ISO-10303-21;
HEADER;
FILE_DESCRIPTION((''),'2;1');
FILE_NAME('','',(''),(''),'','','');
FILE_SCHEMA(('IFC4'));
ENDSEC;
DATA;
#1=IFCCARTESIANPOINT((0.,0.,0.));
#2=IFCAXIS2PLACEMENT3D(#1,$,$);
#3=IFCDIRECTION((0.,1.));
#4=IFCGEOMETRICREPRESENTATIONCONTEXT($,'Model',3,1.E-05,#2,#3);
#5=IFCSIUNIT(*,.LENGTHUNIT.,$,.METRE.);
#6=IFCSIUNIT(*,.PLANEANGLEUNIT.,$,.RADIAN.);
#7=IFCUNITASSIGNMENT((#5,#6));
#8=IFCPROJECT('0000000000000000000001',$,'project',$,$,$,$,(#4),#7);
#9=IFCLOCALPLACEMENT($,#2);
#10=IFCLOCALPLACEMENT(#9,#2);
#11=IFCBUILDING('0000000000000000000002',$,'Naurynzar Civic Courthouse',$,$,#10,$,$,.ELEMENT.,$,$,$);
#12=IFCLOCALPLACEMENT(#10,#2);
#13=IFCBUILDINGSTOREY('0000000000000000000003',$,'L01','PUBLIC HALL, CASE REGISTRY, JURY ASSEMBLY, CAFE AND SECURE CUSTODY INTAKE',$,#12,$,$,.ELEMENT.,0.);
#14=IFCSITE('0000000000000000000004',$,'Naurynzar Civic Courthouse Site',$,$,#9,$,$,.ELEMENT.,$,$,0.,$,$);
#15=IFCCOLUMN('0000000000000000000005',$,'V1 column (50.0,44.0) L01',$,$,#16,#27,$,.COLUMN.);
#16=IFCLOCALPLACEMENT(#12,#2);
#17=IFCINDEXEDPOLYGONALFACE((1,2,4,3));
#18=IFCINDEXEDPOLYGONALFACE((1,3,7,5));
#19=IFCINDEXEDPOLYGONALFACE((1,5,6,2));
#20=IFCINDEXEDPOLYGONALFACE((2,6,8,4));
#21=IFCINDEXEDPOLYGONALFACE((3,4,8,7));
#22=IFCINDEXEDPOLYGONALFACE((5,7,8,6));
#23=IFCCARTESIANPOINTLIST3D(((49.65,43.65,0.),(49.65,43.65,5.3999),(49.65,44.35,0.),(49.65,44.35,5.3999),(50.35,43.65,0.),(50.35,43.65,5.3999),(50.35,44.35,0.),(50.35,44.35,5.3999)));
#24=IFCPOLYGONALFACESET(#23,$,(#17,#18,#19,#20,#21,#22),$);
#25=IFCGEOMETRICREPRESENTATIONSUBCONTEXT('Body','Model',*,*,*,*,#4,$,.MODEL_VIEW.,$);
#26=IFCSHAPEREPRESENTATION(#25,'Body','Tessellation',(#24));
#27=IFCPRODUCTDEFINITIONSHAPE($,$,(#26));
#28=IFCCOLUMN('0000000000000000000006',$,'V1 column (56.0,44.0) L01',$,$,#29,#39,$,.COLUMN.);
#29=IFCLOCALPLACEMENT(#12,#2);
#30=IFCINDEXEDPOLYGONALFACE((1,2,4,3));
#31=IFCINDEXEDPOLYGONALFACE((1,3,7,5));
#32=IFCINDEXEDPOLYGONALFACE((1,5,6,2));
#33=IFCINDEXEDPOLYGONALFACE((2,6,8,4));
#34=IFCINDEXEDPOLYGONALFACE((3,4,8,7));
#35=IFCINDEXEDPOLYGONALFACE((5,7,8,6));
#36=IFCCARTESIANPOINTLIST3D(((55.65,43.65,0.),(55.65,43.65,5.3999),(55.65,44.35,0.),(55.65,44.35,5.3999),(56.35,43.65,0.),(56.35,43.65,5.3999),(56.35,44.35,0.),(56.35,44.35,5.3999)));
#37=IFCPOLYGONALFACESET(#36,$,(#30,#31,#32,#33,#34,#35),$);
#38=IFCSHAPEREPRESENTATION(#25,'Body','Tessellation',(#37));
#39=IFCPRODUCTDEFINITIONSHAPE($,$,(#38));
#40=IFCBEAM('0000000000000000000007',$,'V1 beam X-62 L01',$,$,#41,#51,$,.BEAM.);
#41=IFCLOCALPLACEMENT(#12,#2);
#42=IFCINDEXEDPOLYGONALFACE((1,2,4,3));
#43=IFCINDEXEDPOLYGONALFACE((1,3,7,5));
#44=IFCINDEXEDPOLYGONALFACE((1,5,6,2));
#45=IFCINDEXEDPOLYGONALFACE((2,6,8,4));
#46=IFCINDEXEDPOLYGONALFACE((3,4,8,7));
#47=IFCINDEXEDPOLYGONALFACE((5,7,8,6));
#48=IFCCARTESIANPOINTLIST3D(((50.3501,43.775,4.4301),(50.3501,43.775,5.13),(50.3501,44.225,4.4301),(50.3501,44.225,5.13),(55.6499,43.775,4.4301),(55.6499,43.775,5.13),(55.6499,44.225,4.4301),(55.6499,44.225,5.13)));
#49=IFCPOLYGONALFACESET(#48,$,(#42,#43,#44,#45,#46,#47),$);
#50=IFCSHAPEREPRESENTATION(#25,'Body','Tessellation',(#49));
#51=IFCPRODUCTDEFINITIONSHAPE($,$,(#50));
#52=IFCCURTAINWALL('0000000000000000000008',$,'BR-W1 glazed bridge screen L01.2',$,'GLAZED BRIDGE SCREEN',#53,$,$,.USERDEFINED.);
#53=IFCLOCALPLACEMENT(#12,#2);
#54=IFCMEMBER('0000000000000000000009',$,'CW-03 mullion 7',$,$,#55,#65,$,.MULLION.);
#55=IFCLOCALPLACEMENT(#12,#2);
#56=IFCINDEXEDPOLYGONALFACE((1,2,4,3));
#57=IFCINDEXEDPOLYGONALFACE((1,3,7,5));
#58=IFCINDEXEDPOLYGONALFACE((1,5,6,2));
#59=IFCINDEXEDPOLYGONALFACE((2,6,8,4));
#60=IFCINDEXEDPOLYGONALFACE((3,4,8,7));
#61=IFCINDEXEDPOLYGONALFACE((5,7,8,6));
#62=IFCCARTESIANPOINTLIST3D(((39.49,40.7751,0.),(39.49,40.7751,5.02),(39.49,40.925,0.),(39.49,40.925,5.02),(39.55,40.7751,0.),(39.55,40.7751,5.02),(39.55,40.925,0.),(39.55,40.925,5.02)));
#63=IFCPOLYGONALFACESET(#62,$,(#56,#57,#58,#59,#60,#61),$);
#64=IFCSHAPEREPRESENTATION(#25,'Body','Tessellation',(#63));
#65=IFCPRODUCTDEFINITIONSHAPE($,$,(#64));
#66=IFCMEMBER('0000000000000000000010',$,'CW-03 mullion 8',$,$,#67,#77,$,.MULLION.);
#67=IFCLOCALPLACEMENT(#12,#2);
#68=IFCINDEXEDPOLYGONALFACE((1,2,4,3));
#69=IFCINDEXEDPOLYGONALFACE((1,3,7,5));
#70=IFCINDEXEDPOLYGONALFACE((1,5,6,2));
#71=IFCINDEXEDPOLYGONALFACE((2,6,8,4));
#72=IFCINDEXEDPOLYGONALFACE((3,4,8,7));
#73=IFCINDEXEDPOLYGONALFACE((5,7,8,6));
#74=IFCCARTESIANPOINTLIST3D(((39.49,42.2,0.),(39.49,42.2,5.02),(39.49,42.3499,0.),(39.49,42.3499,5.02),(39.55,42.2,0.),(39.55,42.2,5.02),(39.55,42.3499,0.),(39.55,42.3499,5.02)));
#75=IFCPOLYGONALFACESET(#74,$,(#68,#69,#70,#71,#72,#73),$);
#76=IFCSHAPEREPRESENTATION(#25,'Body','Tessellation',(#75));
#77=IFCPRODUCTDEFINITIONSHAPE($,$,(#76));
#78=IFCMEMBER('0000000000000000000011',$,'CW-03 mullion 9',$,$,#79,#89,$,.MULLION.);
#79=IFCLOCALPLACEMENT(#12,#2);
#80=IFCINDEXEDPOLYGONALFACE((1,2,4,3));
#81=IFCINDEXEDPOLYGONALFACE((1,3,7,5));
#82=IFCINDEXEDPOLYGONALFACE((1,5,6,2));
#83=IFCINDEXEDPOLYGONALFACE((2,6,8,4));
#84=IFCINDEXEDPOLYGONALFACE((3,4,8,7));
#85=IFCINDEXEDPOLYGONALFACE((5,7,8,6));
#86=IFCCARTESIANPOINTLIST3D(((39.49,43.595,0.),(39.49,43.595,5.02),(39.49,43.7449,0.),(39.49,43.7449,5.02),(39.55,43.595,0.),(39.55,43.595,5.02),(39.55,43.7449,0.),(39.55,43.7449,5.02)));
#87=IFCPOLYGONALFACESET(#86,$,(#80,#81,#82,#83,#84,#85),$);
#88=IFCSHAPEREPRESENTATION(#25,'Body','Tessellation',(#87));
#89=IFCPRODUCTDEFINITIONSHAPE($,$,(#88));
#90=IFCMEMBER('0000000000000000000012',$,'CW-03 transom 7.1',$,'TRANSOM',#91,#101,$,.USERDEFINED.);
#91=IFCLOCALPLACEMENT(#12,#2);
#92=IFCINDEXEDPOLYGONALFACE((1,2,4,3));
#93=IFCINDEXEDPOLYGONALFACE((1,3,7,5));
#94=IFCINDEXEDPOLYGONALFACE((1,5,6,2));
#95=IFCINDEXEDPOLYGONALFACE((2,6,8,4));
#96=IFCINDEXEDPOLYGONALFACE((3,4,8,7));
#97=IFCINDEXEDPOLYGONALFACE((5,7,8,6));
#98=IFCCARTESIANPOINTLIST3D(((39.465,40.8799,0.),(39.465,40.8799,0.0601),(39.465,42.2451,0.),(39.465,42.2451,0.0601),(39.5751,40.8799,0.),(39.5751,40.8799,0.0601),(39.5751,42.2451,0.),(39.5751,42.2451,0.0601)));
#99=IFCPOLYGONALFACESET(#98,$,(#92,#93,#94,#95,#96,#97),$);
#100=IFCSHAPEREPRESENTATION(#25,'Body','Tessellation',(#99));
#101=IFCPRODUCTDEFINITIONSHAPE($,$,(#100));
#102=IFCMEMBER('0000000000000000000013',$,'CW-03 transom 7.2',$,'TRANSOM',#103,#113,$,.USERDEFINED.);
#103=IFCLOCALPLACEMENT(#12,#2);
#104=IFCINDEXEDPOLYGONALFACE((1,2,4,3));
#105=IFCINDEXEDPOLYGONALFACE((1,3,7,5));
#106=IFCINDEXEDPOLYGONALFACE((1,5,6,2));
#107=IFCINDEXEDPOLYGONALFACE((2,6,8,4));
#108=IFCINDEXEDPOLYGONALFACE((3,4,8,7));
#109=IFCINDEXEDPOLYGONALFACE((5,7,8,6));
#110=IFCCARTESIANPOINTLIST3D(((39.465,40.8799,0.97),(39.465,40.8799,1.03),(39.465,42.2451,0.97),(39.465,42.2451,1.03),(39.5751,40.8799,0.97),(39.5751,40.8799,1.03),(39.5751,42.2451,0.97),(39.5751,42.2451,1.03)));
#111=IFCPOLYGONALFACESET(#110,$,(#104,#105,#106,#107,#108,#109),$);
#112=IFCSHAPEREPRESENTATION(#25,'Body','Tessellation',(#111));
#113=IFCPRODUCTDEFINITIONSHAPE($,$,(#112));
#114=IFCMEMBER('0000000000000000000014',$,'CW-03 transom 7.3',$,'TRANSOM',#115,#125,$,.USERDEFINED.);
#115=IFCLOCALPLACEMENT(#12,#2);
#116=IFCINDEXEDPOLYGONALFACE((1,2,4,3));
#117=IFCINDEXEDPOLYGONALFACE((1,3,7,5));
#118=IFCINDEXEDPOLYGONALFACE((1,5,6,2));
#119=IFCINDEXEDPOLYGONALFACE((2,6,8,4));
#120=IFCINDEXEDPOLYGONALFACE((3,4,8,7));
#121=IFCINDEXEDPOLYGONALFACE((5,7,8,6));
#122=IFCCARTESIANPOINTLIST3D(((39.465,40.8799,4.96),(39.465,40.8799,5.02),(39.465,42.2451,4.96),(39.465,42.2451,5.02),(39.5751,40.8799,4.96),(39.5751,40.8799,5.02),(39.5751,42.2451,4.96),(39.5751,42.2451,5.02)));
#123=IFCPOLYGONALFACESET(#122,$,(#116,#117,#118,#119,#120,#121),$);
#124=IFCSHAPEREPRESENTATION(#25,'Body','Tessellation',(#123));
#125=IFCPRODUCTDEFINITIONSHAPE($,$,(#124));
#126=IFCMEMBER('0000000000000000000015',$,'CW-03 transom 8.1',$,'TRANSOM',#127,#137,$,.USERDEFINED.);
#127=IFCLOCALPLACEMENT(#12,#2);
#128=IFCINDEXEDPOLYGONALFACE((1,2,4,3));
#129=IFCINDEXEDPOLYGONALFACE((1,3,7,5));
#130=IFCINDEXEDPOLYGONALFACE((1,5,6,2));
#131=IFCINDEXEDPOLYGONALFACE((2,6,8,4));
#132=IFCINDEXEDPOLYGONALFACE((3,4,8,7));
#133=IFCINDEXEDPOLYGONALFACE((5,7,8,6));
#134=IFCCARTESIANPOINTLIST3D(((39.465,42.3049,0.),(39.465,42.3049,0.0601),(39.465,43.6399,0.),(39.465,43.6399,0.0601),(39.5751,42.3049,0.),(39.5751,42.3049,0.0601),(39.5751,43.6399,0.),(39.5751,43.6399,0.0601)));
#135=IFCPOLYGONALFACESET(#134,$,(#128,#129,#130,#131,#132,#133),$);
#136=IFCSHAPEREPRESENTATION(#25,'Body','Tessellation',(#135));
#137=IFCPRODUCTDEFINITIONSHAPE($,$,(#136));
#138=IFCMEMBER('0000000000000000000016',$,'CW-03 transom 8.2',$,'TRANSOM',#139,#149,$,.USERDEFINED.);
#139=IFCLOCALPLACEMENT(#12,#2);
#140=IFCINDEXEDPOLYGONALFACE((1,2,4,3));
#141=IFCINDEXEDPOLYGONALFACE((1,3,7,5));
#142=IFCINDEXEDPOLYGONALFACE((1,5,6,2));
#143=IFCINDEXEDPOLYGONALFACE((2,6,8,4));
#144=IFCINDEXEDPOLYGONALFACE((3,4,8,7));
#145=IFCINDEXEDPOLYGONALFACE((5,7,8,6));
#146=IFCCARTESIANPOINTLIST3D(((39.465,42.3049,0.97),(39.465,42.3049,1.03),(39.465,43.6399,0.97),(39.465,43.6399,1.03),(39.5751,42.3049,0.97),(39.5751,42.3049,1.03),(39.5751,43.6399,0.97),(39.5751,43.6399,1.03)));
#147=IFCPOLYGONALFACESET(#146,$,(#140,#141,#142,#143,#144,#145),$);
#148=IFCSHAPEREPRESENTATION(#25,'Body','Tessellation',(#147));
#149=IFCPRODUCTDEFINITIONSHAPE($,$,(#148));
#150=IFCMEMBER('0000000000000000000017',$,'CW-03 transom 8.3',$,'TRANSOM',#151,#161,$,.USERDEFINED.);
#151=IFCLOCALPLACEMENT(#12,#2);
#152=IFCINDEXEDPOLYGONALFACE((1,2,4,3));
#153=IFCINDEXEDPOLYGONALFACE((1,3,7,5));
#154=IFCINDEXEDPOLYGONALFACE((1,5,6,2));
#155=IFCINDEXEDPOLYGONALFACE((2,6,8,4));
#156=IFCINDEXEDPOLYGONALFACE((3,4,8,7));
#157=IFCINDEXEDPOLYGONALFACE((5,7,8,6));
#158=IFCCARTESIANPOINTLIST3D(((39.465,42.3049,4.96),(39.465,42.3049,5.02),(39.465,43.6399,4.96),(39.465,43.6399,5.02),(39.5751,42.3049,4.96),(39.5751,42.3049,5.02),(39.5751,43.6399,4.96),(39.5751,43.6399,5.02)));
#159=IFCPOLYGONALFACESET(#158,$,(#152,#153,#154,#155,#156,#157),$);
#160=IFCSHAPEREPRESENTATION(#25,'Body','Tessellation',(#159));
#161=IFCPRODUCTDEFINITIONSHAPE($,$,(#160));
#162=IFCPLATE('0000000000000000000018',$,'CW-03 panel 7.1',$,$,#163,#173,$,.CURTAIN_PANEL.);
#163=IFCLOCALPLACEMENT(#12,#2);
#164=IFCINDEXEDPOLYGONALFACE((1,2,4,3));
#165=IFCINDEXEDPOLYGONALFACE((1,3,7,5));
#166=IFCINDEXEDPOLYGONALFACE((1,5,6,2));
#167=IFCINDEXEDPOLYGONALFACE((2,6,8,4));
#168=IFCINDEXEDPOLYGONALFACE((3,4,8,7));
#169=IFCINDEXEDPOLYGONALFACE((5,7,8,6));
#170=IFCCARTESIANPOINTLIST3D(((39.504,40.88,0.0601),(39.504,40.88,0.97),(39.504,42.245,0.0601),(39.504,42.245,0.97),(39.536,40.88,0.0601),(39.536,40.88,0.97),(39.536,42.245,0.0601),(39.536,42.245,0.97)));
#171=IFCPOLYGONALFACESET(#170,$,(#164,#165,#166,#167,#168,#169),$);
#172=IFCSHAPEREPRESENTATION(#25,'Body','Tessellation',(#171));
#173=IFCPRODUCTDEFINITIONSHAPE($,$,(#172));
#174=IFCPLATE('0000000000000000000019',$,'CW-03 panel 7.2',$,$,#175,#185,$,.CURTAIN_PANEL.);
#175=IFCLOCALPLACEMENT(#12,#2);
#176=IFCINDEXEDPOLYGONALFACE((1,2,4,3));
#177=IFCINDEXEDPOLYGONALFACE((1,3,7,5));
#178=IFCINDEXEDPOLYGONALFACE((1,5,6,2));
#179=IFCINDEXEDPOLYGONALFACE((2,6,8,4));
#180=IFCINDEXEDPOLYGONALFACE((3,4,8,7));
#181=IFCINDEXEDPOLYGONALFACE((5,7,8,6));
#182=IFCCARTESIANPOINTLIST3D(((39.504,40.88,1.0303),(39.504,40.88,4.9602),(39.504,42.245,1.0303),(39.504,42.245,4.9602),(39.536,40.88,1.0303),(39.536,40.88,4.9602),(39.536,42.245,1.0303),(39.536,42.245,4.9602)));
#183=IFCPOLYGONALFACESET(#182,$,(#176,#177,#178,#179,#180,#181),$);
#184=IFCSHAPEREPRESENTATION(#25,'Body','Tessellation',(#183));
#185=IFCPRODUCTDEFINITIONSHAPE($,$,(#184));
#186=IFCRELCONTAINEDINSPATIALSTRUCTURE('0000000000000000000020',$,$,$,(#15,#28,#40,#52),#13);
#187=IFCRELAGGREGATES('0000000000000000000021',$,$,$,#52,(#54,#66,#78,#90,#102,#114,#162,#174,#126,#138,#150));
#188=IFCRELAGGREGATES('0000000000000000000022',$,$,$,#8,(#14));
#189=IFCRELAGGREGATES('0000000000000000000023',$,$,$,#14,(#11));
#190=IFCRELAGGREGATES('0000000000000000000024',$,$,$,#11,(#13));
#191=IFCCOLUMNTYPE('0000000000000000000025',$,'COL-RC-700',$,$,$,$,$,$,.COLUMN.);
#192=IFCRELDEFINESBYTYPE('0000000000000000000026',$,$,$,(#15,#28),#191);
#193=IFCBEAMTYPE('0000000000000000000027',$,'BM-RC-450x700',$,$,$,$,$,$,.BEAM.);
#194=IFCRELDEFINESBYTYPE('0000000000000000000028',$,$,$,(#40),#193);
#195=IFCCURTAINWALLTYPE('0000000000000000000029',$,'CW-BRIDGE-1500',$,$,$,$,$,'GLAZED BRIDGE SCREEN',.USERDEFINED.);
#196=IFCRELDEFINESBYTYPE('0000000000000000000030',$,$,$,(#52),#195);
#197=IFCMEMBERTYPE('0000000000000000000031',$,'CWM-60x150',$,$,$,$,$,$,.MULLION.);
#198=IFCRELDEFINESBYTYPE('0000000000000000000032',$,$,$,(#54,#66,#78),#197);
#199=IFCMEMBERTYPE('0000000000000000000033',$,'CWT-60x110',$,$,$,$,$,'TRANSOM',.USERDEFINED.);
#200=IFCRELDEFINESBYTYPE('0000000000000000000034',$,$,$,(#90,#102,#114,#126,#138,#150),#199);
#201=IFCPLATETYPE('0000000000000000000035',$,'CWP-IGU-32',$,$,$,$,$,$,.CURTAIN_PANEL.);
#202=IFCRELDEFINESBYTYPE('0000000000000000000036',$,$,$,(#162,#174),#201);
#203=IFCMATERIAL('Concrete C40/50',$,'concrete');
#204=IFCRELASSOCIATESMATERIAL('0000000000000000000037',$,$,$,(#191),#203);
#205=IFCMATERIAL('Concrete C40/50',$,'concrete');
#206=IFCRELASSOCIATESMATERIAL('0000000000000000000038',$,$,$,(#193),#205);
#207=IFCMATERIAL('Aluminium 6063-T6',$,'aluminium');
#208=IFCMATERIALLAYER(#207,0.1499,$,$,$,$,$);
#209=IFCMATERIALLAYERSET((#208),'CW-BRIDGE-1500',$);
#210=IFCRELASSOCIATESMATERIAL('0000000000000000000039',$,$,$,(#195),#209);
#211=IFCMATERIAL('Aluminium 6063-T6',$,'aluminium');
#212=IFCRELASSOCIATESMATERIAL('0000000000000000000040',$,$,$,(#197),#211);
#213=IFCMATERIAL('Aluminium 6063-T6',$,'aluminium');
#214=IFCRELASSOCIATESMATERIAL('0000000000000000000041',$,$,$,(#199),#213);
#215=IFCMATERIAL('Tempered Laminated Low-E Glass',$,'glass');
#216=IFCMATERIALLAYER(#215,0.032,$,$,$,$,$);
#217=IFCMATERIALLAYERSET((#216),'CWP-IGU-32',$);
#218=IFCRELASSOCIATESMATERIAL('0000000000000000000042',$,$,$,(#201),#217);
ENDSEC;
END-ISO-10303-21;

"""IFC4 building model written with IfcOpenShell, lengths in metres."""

from ifc_helpers import new_model, si_unit, direction, frame, origin, origin_2d, place, context, subcontext, project, spatial, rectangle, extrude, material, layer, layer_set, material_profile, profile_set, type_object, element, aggregate, save


model = new_model("IFC4")

# Units and contexts
model_context = context("Model", 3, precision=1e-05, world=origin(), true_north=direction((0.0, 1.0)))
body_context = subcontext(model_context, "Body", "Model", "MODEL_VIEW")
ifc_project = project(units=[si_unit("LENGTHUNIT", "METRE"), si_unit("PLANEANGLEUNIT", "RADIAN")], contexts=[model_context])

# Site, building, storey
site_placement = place(None, origin())
site = spatial("IfcSite", under=ifc_project, at=site_placement, Name="Naurynzar Civic Courthouse Site", CompositionType="ELEMENT", RefElevation=0.0)
building_placement = place(site_placement, origin())
building = spatial("IfcBuilding", under=site, at=building_placement, Name="Naurynzar Civic Courthouse", CompositionType="ELEMENT")
storey_placement = place(building_placement, origin())
storey = spatial("IfcBuildingStorey", under=building, at=storey_placement, Name="L01", Description="PUBLIC HALL, CASE REGISTRY, JURY ASSEMBLY, CAFE AND SECURE CUSTODY INTAKE", CompositionType="ELEMENT", Elevation=0.0)

# Columns
ifc_material_1 = material(Name="Concrete C40/50", Category="concrete")
ifc_material_profile_1 = material_profile(ifc_material_1, rectangle(XDim=0.7, YDim=0.7, at=origin_2d()), Name="RC 700x700")
ifc_profile_set_1 = profile_set([ifc_material_profile_1], Name="Concrete C40/50")
column_type = type_object("IfcColumnType", Name="COL-RC-700", PredefinedType="COLUMN", material=ifc_profile_set_1)
for number, where, z_axis, x_axis, name in (
    (1, (50.0, 44.0, 0.0), (0.0, 0.0, 1.0), (1.0, 0.0, 0.0), "V1 column (50.0,44.0) L01"),
    (2, (56.0, 44.0, 0.0), (0.0, 0.0, 1.0), (1.0, 0.0, 0.0), "V1 column (56.0,44.0) L01"),
):
    element("IfcColumn", number, at=place(storey_placement, frame(where, z_axis=z_axis, x_axis=x_axis)), inside=storey, type_object=column_type, Name=name, PredefinedType="COLUMN", context=body_context, shape_type="SweptSolid", body=[
        extrude(rectangle(XDim=0.7, YDim=0.7, at=origin_2d()), origin(), (0.0, 0.0, 1.0), 5.3999),
    ])

# Beam
ifc_material_2 = material(Name="Concrete C40/50", Category="concrete")
ifc_material_profile_2 = material_profile(ifc_material_2, rectangle(XDim=0.45, YDim=0.7, at=origin_2d()), Name="RCB 450x700")
ifc_profile_set_2 = profile_set([ifc_material_profile_2], Name="Concrete C40/50")
beam_type = type_object("IfcBeamType", Name="BM-RC-450x700", PredefinedType="BEAM", material=ifc_profile_set_2)
beam_placement = place(storey_placement, frame((50.3501, 44.0, 4.78), z_axis=(1.0, 0.0, 0.0), x_axis=(0.0, 1.0, 0.0)))
element("IfcBeam", 3, at=beam_placement, inside=storey, type_object=beam_type, Name="V1 beam X-62 L01", PredefinedType="BEAM", context=body_context, shape_type="SweptSolid", body=[
    extrude(rectangle(XDim=0.45, YDim=0.7, at=origin_2d()), origin(), (0.0, 0.0, 1.0), 5.2998),
])

# Curtain wall, members, plates
ifc_material_3 = material(Name="Aluminium 6063-T6", Category="aluminium")
ifc_layer_1 = layer(ifc_material_3, 0.1499)
ifc_layer_set_1 = layer_set([ifc_layer_1], Name="CW-BRIDGE-1500")
curtain_wall_type = type_object("IfcCurtainWallType", Name="CW-BRIDGE-1500", ElementType="GLAZED BRIDGE SCREEN", PredefinedType="USERDEFINED", material=ifc_layer_set_1)
curtain_wall_placement = place(storey_placement, origin())
curtain_wall = element("IfcCurtainWall", 4, at=curtain_wall_placement, inside=storey, type_object=curtain_wall_type, Name="BR-W1 glazed bridge screen L01.2", ObjectType="GLAZED BRIDGE SCREEN", PredefinedType="USERDEFINED")
ifc_material_4 = material(Name="Aluminium 6063-T6", Category="aluminium")
ifc_material_profile_3 = material_profile(ifc_material_4, rectangle(XDim=0.0601, YDim=0.1499, at=origin_2d()), Name="ALU MULLION 60x150")
ifc_profile_set_3 = profile_set([ifc_material_profile_3], Name="Aluminium 6063-T6")
member_type_1 = type_object("IfcMemberType", Name="CWM-60x150", PredefinedType="MULLION", material=ifc_profile_set_3)
member_1_placement = place(storey_placement, frame((39.52, 40.8501, 0.0), z_axis=(0.0, 0.0, 1.0), x_axis=(-1.0, 0.0, 0.0)))
member_1 = element("IfcMember", 5, at=member_1_placement, type_object=member_type_1, Name="CW-03 mullion 7", PredefinedType="MULLION", context=body_context, shape_type="SweptSolid", body=[
    extrude(rectangle(XDim=0.0601, YDim=0.1499, at=origin_2d()), origin(), (0.0, 0.0, 1.0), 5.02),
])
member_2_placement = place(storey_placement, frame((39.52, 42.2749, 0.0), z_axis=(0.0, 0.0, 1.0), x_axis=(-1.0, 0.0, 0.0)))
member_2 = element("IfcMember", 6, at=member_2_placement, type_object=member_type_1, Name="CW-03 mullion 8", PredefinedType="MULLION", context=body_context, shape_type="SweptSolid", body=[
    extrude(rectangle(XDim=0.0601, YDim=0.1499, at=origin_2d()), origin(), (0.0, 0.0, 1.0), 5.02),
])
member_3_placement = place(storey_placement, frame((39.52, 43.6699, 0.0), z_axis=(0.0, 0.0, 1.0), x_axis=(-1.0, 0.0, 0.0)))
member_3 = element("IfcMember", 7, at=member_3_placement, type_object=member_type_1, Name="CW-03 mullion 9", PredefinedType="MULLION", context=body_context, shape_type="SweptSolid", body=[
    extrude(rectangle(XDim=0.0601, YDim=0.1499, at=origin_2d()), origin(), (0.0, 0.0, 1.0), 5.02),
])
ifc_material_5 = material(Name="Aluminium 6063-T6", Category="aluminium")
ifc_material_profile_4 = material_profile(ifc_material_5, rectangle(XDim=0.1101, YDim=0.0601, at=origin_2d()), Name="ALU TRANSOM 60x110")
ifc_profile_set_4 = profile_set([ifc_material_profile_4], Name="Aluminium 6063-T6")
member_type_2 = type_object("IfcMemberType", Name="CWT-60x110", ElementType="TRANSOM", PredefinedType="USERDEFINED", material=ifc_profile_set_4)
member_4_placement = place(storey_placement, frame((39.52, 40.8799, 0.03), z_axis=(0.0, 1.0, 0.0), x_axis=(-1.0, 0.0, 0.0)))
member_4 = element("IfcMember", 8, at=member_4_placement, type_object=member_type_2, Name="CW-03 transom 7.1", ObjectType="TRANSOM", PredefinedType="USERDEFINED", context=body_context, shape_type="SweptSolid", body=[
    extrude(rectangle(XDim=0.1101, YDim=0.0601, at=origin_2d()), origin(), (0.0, 0.0, 1.0), 1.3652),
])
member_5_placement = place(storey_placement, frame((39.52, 40.8799, 1.0), z_axis=(0.0, 1.0, 0.0), x_axis=(-1.0, 0.0, 0.0)))
member_5 = element("IfcMember", 9, at=member_5_placement, type_object=member_type_2, Name="CW-03 transom 7.2", ObjectType="TRANSOM", PredefinedType="USERDEFINED", context=body_context, shape_type="SweptSolid", body=[
    extrude(rectangle(XDim=0.1101, YDim=0.0601, at=origin_2d()), origin(), (0.0, 0.0, 1.0), 1.3652),
])
member_6_placement = place(storey_placement, frame((39.52, 40.8799, 4.99), z_axis=(0.0, 1.0, 0.0), x_axis=(-1.0, 0.0, 0.0)))
member_6 = element("IfcMember", 10, at=member_6_placement, type_object=member_type_2, Name="CW-03 transom 7.3", ObjectType="TRANSOM", PredefinedType="USERDEFINED", context=body_context, shape_type="SweptSolid", body=[
    extrude(rectangle(XDim=0.1101, YDim=0.0601, at=origin_2d()), origin(), (0.0, 0.0, 1.0), 1.3652),
])
member_7_placement = place(storey_placement, frame((39.52, 42.3049, 0.03), z_axis=(0.0, 1.0, 0.0), x_axis=(-1.0, 0.0, 0.0)))
member_7 = element("IfcMember", 11, at=member_7_placement, type_object=member_type_2, Name="CW-03 transom 8.1", ObjectType="TRANSOM", PredefinedType="USERDEFINED", context=body_context, shape_type="SweptSolid", body=[
    extrude(rectangle(XDim=0.1101, YDim=0.0601, at=origin_2d()), origin(), (0.0, 0.0, 1.0), 1.335),
])
member_8_placement = place(storey_placement, frame((39.52, 42.3049, 1.0), z_axis=(0.0, 1.0, 0.0), x_axis=(-1.0, 0.0, 0.0)))
member_8 = element("IfcMember", 12, at=member_8_placement, type_object=member_type_2, Name="CW-03 transom 8.2", ObjectType="TRANSOM", PredefinedType="USERDEFINED", context=body_context, shape_type="SweptSolid", body=[
    extrude(rectangle(XDim=0.1101, YDim=0.0601, at=origin_2d()), origin(), (0.0, 0.0, 1.0), 1.335),
])
member_9_placement = place(storey_placement, frame((39.52, 42.3049, 4.99), z_axis=(0.0, 1.0, 0.0), x_axis=(-1.0, 0.0, 0.0)))
member_9 = element("IfcMember", 13, at=member_9_placement, type_object=member_type_2, Name="CW-03 transom 8.3", ObjectType="TRANSOM", PredefinedType="USERDEFINED", context=body_context, shape_type="SweptSolid", body=[
    extrude(rectangle(XDim=0.1101, YDim=0.0601, at=origin_2d()), origin(), (0.0, 0.0, 1.0), 1.335),
])
ifc_material_6 = material(Name="Tempered Laminated Low-E Glass", Category="glass")
ifc_layer_2 = layer(ifc_material_6, 0.032)
ifc_layer_set_2 = layer_set([ifc_layer_2], Name="CWP-IGU-32")
plate_type = type_object("IfcPlateType", Name="CWP-IGU-32", PredefinedType="CURTAIN_PANEL", material=ifc_layer_set_2)
plate_1_placement = place(storey_placement, frame((39.52, 41.5625, 0.0601), z_axis=(0.0, 0.0, 1.0), x_axis=(0.0, 1.0, 0.0)))
plate_1 = element("IfcPlate", 14, at=plate_1_placement, type_object=plate_type, Name="CW-03 panel 7.1", PredefinedType="CURTAIN_PANEL", context=body_context, shape_type="SweptSolid", body=[
    extrude(rectangle(XDim=1.365, YDim=0.032, at=origin_2d()), origin(), (0.0, 0.0, 1.0), 0.9099),
])
plate_2_placement = place(storey_placement, frame((39.52, 41.5625, 1.0303), z_axis=(0.0, 0.0, 1.0), x_axis=(0.0, 1.0, 0.0)))
plate_2 = element("IfcPlate", 15, at=plate_2_placement, type_object=plate_type, Name="CW-03 panel 7.2", PredefinedType="CURTAIN_PANEL", context=body_context, shape_type="SweptSolid", body=[
    extrude(rectangle(XDim=1.365, YDim=0.032, at=origin_2d()), origin(), (0.0, 0.0, 1.0), 3.9299),
])
aggregate(curtain_wall, [member_1, member_2, member_3, member_4, member_5, member_6, plate_1, plate_2, member_7, member_8, member_9])

save(model, "model.ifc")
